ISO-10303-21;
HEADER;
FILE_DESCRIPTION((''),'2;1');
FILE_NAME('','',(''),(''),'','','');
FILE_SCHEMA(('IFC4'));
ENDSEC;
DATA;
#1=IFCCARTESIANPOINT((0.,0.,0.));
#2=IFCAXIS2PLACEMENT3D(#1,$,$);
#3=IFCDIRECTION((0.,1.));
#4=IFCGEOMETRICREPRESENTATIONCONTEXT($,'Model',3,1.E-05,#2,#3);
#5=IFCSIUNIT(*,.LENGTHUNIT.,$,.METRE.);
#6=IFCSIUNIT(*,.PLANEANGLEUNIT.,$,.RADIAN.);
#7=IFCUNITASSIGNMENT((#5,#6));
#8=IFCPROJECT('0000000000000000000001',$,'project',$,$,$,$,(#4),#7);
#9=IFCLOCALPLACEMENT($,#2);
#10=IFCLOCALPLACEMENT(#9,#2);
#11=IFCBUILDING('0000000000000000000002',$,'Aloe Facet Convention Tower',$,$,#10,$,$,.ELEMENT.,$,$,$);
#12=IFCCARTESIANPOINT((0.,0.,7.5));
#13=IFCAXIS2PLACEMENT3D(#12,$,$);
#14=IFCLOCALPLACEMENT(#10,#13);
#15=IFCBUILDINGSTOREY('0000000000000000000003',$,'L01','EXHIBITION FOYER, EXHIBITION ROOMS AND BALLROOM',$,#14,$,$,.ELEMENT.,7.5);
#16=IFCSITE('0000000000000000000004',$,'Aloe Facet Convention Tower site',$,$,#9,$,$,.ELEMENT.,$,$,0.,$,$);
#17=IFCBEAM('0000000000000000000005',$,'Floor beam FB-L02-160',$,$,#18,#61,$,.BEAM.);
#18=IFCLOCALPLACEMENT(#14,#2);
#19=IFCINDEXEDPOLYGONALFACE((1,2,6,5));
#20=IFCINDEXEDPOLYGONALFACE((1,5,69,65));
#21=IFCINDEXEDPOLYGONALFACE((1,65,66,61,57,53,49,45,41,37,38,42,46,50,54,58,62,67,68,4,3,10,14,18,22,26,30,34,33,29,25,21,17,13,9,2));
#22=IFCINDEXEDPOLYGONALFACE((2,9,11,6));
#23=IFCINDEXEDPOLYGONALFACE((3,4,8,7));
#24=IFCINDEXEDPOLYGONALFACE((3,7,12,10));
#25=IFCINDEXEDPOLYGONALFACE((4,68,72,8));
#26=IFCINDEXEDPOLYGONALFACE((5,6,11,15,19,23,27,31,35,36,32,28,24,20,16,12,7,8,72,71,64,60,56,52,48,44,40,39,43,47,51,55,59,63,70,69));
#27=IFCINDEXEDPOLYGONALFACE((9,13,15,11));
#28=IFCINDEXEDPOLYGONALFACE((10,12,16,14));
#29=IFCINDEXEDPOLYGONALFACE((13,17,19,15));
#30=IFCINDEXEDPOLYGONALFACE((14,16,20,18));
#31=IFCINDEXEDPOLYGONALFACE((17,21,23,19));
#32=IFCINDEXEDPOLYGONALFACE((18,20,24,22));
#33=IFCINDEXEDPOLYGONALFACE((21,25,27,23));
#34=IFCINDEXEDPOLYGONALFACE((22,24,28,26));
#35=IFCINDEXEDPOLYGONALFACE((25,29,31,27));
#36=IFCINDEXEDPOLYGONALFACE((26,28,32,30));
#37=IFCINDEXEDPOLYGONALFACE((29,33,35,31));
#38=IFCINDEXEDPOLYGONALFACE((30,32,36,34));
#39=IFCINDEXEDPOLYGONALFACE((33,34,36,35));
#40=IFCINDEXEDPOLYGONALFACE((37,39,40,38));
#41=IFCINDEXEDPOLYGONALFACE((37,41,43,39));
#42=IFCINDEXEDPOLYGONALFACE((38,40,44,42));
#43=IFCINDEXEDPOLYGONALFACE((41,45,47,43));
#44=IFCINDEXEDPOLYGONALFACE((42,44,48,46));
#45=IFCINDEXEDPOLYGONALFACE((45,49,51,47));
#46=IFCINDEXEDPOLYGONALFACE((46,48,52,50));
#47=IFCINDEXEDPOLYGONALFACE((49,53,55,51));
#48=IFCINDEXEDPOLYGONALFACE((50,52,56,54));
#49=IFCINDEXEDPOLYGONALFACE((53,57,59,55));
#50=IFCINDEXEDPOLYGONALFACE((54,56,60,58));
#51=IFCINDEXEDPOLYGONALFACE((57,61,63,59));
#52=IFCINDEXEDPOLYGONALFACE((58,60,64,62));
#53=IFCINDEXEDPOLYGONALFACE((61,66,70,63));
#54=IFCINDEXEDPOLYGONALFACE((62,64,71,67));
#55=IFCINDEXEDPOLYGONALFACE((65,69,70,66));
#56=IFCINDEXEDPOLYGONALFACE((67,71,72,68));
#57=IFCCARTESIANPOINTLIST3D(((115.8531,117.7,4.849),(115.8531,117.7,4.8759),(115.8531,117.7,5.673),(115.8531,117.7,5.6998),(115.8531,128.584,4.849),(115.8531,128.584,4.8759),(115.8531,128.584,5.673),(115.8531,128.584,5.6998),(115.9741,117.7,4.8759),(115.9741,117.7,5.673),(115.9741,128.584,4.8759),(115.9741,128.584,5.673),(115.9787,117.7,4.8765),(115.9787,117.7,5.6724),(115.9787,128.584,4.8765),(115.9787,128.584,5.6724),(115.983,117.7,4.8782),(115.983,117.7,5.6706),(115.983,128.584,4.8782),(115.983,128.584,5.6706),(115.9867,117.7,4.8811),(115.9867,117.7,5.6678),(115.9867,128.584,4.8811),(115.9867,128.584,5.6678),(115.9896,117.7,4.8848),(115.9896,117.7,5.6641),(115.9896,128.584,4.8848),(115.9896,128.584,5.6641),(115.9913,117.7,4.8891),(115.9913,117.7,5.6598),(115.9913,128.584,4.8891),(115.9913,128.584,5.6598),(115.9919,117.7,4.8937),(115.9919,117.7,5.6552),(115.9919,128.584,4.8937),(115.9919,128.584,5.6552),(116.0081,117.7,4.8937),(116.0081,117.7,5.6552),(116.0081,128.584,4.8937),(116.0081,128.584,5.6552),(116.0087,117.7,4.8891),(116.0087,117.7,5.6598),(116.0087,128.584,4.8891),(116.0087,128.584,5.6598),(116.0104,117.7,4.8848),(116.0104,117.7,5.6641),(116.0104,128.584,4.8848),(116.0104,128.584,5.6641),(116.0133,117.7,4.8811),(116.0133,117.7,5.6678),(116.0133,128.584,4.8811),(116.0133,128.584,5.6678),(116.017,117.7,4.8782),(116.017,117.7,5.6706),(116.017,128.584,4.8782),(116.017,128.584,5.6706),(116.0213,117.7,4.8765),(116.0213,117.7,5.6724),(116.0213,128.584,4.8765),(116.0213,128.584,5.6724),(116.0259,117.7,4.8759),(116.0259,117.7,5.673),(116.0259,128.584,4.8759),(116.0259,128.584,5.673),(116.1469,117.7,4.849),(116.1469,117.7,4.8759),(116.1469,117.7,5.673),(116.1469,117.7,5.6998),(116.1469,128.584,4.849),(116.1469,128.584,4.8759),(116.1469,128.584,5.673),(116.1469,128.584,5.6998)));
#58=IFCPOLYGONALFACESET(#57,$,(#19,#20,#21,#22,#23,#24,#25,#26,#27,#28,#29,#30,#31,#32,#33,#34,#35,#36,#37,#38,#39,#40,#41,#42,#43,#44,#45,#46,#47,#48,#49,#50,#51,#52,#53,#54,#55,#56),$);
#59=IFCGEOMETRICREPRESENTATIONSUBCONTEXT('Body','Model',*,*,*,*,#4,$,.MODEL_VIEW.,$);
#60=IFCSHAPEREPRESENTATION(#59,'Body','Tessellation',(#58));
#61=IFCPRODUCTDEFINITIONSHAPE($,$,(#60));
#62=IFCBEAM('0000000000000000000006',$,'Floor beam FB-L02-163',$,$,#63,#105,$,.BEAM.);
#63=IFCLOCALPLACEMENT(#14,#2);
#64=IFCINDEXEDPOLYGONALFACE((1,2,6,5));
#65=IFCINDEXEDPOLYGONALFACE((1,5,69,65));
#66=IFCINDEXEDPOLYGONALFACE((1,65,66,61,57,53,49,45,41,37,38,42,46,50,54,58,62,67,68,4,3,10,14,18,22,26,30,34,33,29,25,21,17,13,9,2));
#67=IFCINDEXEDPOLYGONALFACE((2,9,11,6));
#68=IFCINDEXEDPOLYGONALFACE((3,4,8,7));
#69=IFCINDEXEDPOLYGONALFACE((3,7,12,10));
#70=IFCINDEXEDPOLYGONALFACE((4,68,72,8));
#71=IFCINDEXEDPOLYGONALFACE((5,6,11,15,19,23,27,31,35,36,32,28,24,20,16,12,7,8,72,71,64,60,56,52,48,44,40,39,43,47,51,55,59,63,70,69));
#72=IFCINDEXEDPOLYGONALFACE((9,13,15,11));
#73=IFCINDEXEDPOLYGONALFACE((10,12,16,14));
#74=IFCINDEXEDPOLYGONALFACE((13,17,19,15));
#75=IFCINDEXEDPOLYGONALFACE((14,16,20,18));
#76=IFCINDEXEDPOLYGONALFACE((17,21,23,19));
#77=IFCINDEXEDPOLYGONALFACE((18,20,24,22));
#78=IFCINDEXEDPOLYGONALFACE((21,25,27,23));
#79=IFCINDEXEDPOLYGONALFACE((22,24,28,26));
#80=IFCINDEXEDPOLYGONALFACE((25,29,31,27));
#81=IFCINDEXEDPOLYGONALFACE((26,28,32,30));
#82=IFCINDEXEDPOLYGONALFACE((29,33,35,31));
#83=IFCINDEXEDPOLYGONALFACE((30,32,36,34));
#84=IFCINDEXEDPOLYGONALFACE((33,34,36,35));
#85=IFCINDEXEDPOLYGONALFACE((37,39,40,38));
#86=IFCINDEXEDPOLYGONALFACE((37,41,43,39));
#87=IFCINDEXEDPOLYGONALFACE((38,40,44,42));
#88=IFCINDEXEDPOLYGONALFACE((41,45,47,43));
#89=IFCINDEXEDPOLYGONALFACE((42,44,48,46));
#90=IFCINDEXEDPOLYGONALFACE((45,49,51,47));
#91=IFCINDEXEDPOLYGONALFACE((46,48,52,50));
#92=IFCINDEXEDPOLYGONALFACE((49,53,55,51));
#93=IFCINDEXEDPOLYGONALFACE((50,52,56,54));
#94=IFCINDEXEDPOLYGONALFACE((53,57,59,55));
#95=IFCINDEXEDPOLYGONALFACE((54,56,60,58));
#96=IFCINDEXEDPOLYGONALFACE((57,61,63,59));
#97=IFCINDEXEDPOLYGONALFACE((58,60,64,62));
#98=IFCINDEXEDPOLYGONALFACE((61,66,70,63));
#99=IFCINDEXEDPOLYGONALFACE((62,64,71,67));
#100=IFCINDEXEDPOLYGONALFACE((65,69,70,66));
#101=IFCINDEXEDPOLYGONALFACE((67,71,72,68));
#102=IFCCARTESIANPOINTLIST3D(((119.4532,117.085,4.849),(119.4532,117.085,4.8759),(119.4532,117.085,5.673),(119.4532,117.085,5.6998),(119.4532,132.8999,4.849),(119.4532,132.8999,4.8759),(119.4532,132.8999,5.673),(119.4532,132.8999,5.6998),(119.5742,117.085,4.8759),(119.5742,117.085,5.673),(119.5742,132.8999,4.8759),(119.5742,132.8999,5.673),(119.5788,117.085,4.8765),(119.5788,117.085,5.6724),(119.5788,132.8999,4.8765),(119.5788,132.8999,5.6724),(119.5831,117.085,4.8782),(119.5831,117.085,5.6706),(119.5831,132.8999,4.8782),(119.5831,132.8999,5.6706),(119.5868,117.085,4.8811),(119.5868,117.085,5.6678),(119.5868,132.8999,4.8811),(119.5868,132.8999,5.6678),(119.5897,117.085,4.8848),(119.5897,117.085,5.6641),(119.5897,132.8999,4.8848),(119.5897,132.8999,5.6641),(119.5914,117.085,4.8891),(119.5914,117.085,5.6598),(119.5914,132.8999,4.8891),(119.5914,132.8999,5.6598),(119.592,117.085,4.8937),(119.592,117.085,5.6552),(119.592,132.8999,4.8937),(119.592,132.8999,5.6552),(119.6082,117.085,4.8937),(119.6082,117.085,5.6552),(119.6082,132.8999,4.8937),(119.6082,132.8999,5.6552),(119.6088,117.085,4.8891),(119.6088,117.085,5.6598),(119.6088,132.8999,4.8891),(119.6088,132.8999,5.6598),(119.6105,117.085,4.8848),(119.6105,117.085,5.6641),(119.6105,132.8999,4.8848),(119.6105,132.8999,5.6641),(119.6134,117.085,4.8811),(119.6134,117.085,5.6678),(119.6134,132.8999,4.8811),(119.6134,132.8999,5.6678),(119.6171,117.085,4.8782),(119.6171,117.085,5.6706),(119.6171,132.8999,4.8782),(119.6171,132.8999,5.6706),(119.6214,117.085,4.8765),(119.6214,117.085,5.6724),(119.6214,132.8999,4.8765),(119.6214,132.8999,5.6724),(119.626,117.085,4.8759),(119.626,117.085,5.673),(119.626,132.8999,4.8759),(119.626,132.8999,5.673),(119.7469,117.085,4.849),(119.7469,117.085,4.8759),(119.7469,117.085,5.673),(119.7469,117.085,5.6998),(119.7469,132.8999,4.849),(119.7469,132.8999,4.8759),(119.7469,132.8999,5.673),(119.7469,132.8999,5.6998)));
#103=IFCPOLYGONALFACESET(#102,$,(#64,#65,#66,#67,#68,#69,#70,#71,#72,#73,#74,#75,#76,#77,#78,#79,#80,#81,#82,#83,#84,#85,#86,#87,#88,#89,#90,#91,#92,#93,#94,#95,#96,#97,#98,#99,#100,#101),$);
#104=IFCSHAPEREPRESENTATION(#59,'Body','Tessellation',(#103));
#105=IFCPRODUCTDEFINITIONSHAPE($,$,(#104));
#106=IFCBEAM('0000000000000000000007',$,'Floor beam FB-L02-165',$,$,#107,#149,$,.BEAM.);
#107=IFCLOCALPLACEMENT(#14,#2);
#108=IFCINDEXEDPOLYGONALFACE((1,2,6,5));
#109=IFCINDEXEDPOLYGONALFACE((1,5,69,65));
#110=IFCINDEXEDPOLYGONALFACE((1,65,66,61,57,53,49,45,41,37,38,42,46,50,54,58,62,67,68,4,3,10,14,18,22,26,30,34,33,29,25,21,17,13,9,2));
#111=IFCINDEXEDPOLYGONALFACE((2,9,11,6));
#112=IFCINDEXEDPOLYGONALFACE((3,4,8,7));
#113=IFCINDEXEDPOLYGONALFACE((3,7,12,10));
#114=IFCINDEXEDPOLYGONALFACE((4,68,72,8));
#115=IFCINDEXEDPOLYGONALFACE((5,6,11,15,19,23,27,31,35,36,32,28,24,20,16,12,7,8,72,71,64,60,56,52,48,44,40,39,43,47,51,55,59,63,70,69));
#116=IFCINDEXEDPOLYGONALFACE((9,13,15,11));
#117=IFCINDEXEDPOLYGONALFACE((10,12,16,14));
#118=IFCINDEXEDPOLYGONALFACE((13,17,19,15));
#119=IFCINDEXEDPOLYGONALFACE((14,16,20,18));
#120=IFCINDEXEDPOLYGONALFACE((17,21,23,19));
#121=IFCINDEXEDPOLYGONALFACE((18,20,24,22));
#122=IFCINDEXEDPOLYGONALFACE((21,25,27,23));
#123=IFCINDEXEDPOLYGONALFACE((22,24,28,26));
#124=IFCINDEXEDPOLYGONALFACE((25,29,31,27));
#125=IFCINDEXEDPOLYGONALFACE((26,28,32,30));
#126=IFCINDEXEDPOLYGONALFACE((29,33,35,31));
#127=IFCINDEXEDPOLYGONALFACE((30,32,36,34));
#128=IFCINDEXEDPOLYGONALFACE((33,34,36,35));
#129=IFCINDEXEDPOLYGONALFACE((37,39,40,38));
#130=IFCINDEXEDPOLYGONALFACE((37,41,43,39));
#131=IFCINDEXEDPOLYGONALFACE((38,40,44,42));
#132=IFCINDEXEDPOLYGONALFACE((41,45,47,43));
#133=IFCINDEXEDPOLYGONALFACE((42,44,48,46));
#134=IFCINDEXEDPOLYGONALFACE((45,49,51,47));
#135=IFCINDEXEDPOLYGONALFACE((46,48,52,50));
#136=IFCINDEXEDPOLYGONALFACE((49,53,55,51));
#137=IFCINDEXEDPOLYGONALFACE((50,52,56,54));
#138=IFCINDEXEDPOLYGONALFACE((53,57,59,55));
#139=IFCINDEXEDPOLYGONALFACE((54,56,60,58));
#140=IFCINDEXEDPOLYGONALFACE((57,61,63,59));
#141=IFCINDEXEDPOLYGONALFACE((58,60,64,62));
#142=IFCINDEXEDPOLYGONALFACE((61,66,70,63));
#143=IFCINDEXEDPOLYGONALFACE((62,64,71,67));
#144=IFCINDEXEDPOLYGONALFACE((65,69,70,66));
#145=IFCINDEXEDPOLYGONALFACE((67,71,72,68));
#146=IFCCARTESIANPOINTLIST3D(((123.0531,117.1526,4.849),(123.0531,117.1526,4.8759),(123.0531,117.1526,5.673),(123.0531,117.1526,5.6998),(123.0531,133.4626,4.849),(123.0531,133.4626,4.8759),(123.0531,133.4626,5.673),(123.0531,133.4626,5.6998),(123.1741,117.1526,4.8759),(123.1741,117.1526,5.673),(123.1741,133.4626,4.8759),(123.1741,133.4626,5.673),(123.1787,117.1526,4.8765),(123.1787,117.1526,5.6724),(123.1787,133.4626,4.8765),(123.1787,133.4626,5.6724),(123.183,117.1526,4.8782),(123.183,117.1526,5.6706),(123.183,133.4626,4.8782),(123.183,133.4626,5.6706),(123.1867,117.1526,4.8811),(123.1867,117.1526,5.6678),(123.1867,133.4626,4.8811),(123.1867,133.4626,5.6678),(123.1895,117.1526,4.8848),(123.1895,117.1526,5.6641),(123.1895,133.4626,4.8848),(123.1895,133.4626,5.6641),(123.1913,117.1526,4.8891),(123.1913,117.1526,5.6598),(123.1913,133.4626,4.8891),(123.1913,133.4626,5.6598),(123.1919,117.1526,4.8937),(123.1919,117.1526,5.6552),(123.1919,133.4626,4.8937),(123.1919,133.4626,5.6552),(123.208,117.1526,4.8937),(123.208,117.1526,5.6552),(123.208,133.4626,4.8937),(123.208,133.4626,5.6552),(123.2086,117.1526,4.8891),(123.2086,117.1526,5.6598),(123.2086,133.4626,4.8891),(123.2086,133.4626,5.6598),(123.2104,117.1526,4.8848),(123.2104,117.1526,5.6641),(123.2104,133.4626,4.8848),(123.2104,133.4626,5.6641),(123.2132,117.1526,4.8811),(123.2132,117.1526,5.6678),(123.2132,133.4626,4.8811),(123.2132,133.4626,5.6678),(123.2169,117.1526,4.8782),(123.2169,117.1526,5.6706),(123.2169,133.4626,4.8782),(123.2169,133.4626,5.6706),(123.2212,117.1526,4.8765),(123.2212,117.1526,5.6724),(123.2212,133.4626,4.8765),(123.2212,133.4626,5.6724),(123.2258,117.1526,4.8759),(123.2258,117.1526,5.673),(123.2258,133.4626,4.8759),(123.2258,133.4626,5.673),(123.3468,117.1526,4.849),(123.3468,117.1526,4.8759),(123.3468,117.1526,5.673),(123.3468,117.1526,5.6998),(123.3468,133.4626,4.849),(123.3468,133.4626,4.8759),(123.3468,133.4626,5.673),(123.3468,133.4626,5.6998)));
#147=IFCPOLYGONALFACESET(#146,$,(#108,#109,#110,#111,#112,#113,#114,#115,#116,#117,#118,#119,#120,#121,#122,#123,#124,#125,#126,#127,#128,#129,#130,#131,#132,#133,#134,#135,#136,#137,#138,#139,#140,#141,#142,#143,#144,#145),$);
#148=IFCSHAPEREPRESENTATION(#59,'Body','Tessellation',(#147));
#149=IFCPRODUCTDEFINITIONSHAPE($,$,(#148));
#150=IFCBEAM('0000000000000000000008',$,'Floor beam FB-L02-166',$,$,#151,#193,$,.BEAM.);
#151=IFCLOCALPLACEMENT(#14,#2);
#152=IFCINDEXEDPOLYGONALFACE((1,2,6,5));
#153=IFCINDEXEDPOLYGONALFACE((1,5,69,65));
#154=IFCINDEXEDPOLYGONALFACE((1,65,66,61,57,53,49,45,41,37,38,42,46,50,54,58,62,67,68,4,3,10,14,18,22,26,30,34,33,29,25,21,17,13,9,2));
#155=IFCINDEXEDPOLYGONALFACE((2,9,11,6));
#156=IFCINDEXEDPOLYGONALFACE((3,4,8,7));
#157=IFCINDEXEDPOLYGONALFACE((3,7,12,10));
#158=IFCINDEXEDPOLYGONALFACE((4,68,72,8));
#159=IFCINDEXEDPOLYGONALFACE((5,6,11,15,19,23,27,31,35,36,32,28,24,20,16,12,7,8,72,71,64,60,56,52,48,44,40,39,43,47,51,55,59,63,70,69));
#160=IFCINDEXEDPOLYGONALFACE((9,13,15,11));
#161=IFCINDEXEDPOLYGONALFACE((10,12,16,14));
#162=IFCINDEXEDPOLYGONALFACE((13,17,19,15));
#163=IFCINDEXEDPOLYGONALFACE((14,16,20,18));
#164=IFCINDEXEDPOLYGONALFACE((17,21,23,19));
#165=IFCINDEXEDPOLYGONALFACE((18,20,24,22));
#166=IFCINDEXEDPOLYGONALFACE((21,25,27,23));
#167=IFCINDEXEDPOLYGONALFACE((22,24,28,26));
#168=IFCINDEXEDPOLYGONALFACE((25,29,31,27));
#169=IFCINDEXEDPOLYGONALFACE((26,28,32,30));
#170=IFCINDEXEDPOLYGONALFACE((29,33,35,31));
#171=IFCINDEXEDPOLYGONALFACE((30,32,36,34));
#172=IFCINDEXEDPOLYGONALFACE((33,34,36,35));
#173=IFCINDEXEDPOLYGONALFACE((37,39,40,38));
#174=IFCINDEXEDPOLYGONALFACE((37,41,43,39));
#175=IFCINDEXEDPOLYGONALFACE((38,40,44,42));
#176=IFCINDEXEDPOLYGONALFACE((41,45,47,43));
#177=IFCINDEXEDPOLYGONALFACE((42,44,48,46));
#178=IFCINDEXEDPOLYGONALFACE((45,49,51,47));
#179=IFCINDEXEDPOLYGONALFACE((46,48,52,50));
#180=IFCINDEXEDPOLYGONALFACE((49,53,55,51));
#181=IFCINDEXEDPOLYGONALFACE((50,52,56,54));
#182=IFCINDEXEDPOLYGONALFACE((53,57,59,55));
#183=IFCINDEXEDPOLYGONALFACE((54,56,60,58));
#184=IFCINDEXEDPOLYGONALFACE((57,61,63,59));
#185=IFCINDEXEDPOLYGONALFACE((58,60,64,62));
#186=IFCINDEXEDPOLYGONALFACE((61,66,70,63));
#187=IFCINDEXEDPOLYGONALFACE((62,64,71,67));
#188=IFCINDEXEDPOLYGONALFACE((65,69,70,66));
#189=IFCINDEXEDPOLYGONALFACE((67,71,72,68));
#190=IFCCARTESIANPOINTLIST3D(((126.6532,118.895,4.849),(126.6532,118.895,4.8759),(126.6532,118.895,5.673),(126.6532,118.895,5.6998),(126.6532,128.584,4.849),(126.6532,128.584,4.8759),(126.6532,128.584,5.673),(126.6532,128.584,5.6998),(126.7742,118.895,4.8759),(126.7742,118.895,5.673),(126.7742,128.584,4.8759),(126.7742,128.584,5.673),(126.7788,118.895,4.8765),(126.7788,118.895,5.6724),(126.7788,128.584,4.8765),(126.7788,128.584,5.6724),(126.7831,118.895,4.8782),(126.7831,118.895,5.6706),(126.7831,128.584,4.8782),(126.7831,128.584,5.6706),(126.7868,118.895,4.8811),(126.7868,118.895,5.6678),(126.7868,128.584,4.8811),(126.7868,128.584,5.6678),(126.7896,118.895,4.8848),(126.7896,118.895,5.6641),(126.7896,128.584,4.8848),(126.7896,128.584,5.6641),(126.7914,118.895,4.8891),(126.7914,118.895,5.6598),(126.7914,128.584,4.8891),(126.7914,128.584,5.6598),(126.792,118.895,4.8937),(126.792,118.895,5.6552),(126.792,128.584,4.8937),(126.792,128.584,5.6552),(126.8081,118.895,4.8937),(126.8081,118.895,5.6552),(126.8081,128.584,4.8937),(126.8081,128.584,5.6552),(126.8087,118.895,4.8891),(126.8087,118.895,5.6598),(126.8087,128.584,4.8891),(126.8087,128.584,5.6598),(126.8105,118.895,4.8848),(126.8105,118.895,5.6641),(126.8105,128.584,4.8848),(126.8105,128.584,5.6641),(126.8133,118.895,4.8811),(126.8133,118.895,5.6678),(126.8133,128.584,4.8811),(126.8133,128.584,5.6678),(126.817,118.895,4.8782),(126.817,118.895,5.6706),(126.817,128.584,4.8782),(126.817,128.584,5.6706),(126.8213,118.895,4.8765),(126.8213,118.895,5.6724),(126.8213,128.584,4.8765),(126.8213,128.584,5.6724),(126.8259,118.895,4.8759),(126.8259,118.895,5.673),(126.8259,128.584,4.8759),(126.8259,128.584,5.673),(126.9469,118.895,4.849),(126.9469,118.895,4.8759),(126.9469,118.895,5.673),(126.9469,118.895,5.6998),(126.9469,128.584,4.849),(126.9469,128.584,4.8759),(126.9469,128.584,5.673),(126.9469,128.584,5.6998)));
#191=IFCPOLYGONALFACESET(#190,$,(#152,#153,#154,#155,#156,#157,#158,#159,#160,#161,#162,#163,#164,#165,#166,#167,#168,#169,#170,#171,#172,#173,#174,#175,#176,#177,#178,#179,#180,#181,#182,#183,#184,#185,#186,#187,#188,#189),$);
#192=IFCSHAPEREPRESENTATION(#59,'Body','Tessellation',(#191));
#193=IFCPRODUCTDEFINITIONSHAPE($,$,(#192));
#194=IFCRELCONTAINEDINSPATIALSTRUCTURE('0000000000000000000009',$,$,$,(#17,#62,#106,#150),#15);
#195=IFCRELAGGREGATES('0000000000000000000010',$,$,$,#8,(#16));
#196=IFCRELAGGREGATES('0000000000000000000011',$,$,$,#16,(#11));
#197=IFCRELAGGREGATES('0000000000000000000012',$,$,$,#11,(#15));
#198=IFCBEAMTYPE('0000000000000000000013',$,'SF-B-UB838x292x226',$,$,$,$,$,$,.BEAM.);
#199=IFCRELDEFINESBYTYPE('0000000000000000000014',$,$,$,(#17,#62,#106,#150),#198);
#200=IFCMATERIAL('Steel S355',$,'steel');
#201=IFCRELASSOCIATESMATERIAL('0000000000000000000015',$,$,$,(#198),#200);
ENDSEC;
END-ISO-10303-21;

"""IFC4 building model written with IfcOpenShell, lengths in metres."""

from ifc_helpers import new_model, si_unit, direction, frame, origin, origin_2d, place, context, subcontext, project, spatial, i_section, extrude, material, material_profile, profile_set, type_object, element, save


model = new_model("IFC4")

# Units and contexts
model_context = context("Model", 3, precision=1e-05, world=origin(), true_north=direction((0.0, 1.0)))
body_context = subcontext(model_context, "Body", "Model", "MODEL_VIEW")
ifc_project = project(units=[si_unit("LENGTHUNIT", "METRE"), si_unit("PLANEANGLEUNIT", "RADIAN")], contexts=[model_context])

# Site, building, storey
site_placement = place(None, origin())
site = spatial("IfcSite", under=ifc_project, at=site_placement, Name="Aloe Facet Convention Tower site", CompositionType="ELEMENT", RefElevation=0.0)
building_placement = place(site_placement, origin())
building = spatial("IfcBuilding", under=site, at=building_placement, Name="Aloe Facet Convention Tower", CompositionType="ELEMENT")
storey_placement = place(building_placement, frame((0.0, 0.0, 7.5)))
storey = spatial("IfcBuildingStorey", under=building, at=storey_placement, Name="L01", Description="EXHIBITION FOYER, EXHIBITION ROOMS AND BALLROOM", CompositionType="ELEMENT", Elevation=7.5)

# Beams
ifc_material_1 = material(Name="Steel S355", Category="steel")
ifc_material_profile_1 = material_profile(ifc_material_1, i_section(OverallWidth=0.2937, OverallDepth=0.8508, WebThickness=0.0161, FlangeThickness=0.0269, FilletRadius=0.0178, at=origin_2d()), Name="UB 838x292x226")
ifc_profile_set_1 = profile_set([ifc_material_profile_1], Name="Steel S355")
beam_type_1 = type_object("IfcBeamType", Name="SF-B-UB838x292x226", PredefinedType="BEAM", material=ifc_profile_set_1)
beam_1_placement = place(storey_placement, frame((116.0, 117.7, 5.2744), z_axis=(0.0, 1.0, 0.0), x_axis=(-1.0, 0.0, 0.0)))
element("IfcBeam", 1, at=beam_1_placement, inside=storey, type_object=beam_type_1, Name="Floor beam FB-L02-160", PredefinedType="BEAM", context=body_context, shape_type="SweptSolid", body=[
    extrude(i_section(OverallWidth=0.2937, OverallDepth=0.8508, WebThickness=0.0161, FlangeThickness=0.0269, FilletRadius=0.0178, at=origin_2d()), origin(), (0.0, 0.0, 1.0), 10.884),
])
beam_2_placement = place(storey_placement, frame((119.6001, 117.085, 5.2744), z_axis=(0.0, 1.0, 0.0), x_axis=(-1.0, 0.0, 0.0)))
element("IfcBeam", 2, at=beam_2_placement, inside=storey, type_object=beam_type_1, Name="Floor beam FB-L02-163", PredefinedType="BEAM", context=body_context, shape_type="SweptSolid", body=[
    extrude(i_section(OverallWidth=0.2937, OverallDepth=0.8508, WebThickness=0.0161, FlangeThickness=0.0269, FilletRadius=0.0178, at=origin_2d()), origin(), (0.0, 0.0, 1.0), 15.8149),
])
beam_3_placement = place(storey_placement, frame((123.2, 117.1526, 5.2744), z_axis=(0.0, 1.0, 0.0), x_axis=(-1.0, 0.0, 0.0)))
element("IfcBeam", 3, at=beam_3_placement, inside=storey, type_object=beam_type_1, Name="Floor beam FB-L02-165", PredefinedType="BEAM", context=body_context, shape_type="SweptSolid", body=[
    extrude(i_section(OverallWidth=0.2937, OverallDepth=0.8508, WebThickness=0.0161, FlangeThickness=0.0269, FilletRadius=0.0178, at=origin_2d()), origin(), (0.0, 0.0, 1.0), 16.3101),
])
beam_4_placement = place(storey_placement, frame((126.8, 118.895, 5.2744), z_axis=(0.0, 1.0, 0.0), x_axis=(-1.0, 0.0, 0.0)))
element("IfcBeam", 4, at=beam_4_placement, inside=storey, type_object=beam_type_1, Name="Floor beam FB-L02-166", PredefinedType="BEAM", context=body_context, shape_type="SweptSolid", body=[
    extrude(i_section(OverallWidth=0.2937, OverallDepth=0.8508, WebThickness=0.0161, FlangeThickness=0.0269, FilletRadius=0.0178, at=origin_2d()), origin(), (0.0, 0.0, 1.0), 9.689),
])

save(model, "model.ifc")
